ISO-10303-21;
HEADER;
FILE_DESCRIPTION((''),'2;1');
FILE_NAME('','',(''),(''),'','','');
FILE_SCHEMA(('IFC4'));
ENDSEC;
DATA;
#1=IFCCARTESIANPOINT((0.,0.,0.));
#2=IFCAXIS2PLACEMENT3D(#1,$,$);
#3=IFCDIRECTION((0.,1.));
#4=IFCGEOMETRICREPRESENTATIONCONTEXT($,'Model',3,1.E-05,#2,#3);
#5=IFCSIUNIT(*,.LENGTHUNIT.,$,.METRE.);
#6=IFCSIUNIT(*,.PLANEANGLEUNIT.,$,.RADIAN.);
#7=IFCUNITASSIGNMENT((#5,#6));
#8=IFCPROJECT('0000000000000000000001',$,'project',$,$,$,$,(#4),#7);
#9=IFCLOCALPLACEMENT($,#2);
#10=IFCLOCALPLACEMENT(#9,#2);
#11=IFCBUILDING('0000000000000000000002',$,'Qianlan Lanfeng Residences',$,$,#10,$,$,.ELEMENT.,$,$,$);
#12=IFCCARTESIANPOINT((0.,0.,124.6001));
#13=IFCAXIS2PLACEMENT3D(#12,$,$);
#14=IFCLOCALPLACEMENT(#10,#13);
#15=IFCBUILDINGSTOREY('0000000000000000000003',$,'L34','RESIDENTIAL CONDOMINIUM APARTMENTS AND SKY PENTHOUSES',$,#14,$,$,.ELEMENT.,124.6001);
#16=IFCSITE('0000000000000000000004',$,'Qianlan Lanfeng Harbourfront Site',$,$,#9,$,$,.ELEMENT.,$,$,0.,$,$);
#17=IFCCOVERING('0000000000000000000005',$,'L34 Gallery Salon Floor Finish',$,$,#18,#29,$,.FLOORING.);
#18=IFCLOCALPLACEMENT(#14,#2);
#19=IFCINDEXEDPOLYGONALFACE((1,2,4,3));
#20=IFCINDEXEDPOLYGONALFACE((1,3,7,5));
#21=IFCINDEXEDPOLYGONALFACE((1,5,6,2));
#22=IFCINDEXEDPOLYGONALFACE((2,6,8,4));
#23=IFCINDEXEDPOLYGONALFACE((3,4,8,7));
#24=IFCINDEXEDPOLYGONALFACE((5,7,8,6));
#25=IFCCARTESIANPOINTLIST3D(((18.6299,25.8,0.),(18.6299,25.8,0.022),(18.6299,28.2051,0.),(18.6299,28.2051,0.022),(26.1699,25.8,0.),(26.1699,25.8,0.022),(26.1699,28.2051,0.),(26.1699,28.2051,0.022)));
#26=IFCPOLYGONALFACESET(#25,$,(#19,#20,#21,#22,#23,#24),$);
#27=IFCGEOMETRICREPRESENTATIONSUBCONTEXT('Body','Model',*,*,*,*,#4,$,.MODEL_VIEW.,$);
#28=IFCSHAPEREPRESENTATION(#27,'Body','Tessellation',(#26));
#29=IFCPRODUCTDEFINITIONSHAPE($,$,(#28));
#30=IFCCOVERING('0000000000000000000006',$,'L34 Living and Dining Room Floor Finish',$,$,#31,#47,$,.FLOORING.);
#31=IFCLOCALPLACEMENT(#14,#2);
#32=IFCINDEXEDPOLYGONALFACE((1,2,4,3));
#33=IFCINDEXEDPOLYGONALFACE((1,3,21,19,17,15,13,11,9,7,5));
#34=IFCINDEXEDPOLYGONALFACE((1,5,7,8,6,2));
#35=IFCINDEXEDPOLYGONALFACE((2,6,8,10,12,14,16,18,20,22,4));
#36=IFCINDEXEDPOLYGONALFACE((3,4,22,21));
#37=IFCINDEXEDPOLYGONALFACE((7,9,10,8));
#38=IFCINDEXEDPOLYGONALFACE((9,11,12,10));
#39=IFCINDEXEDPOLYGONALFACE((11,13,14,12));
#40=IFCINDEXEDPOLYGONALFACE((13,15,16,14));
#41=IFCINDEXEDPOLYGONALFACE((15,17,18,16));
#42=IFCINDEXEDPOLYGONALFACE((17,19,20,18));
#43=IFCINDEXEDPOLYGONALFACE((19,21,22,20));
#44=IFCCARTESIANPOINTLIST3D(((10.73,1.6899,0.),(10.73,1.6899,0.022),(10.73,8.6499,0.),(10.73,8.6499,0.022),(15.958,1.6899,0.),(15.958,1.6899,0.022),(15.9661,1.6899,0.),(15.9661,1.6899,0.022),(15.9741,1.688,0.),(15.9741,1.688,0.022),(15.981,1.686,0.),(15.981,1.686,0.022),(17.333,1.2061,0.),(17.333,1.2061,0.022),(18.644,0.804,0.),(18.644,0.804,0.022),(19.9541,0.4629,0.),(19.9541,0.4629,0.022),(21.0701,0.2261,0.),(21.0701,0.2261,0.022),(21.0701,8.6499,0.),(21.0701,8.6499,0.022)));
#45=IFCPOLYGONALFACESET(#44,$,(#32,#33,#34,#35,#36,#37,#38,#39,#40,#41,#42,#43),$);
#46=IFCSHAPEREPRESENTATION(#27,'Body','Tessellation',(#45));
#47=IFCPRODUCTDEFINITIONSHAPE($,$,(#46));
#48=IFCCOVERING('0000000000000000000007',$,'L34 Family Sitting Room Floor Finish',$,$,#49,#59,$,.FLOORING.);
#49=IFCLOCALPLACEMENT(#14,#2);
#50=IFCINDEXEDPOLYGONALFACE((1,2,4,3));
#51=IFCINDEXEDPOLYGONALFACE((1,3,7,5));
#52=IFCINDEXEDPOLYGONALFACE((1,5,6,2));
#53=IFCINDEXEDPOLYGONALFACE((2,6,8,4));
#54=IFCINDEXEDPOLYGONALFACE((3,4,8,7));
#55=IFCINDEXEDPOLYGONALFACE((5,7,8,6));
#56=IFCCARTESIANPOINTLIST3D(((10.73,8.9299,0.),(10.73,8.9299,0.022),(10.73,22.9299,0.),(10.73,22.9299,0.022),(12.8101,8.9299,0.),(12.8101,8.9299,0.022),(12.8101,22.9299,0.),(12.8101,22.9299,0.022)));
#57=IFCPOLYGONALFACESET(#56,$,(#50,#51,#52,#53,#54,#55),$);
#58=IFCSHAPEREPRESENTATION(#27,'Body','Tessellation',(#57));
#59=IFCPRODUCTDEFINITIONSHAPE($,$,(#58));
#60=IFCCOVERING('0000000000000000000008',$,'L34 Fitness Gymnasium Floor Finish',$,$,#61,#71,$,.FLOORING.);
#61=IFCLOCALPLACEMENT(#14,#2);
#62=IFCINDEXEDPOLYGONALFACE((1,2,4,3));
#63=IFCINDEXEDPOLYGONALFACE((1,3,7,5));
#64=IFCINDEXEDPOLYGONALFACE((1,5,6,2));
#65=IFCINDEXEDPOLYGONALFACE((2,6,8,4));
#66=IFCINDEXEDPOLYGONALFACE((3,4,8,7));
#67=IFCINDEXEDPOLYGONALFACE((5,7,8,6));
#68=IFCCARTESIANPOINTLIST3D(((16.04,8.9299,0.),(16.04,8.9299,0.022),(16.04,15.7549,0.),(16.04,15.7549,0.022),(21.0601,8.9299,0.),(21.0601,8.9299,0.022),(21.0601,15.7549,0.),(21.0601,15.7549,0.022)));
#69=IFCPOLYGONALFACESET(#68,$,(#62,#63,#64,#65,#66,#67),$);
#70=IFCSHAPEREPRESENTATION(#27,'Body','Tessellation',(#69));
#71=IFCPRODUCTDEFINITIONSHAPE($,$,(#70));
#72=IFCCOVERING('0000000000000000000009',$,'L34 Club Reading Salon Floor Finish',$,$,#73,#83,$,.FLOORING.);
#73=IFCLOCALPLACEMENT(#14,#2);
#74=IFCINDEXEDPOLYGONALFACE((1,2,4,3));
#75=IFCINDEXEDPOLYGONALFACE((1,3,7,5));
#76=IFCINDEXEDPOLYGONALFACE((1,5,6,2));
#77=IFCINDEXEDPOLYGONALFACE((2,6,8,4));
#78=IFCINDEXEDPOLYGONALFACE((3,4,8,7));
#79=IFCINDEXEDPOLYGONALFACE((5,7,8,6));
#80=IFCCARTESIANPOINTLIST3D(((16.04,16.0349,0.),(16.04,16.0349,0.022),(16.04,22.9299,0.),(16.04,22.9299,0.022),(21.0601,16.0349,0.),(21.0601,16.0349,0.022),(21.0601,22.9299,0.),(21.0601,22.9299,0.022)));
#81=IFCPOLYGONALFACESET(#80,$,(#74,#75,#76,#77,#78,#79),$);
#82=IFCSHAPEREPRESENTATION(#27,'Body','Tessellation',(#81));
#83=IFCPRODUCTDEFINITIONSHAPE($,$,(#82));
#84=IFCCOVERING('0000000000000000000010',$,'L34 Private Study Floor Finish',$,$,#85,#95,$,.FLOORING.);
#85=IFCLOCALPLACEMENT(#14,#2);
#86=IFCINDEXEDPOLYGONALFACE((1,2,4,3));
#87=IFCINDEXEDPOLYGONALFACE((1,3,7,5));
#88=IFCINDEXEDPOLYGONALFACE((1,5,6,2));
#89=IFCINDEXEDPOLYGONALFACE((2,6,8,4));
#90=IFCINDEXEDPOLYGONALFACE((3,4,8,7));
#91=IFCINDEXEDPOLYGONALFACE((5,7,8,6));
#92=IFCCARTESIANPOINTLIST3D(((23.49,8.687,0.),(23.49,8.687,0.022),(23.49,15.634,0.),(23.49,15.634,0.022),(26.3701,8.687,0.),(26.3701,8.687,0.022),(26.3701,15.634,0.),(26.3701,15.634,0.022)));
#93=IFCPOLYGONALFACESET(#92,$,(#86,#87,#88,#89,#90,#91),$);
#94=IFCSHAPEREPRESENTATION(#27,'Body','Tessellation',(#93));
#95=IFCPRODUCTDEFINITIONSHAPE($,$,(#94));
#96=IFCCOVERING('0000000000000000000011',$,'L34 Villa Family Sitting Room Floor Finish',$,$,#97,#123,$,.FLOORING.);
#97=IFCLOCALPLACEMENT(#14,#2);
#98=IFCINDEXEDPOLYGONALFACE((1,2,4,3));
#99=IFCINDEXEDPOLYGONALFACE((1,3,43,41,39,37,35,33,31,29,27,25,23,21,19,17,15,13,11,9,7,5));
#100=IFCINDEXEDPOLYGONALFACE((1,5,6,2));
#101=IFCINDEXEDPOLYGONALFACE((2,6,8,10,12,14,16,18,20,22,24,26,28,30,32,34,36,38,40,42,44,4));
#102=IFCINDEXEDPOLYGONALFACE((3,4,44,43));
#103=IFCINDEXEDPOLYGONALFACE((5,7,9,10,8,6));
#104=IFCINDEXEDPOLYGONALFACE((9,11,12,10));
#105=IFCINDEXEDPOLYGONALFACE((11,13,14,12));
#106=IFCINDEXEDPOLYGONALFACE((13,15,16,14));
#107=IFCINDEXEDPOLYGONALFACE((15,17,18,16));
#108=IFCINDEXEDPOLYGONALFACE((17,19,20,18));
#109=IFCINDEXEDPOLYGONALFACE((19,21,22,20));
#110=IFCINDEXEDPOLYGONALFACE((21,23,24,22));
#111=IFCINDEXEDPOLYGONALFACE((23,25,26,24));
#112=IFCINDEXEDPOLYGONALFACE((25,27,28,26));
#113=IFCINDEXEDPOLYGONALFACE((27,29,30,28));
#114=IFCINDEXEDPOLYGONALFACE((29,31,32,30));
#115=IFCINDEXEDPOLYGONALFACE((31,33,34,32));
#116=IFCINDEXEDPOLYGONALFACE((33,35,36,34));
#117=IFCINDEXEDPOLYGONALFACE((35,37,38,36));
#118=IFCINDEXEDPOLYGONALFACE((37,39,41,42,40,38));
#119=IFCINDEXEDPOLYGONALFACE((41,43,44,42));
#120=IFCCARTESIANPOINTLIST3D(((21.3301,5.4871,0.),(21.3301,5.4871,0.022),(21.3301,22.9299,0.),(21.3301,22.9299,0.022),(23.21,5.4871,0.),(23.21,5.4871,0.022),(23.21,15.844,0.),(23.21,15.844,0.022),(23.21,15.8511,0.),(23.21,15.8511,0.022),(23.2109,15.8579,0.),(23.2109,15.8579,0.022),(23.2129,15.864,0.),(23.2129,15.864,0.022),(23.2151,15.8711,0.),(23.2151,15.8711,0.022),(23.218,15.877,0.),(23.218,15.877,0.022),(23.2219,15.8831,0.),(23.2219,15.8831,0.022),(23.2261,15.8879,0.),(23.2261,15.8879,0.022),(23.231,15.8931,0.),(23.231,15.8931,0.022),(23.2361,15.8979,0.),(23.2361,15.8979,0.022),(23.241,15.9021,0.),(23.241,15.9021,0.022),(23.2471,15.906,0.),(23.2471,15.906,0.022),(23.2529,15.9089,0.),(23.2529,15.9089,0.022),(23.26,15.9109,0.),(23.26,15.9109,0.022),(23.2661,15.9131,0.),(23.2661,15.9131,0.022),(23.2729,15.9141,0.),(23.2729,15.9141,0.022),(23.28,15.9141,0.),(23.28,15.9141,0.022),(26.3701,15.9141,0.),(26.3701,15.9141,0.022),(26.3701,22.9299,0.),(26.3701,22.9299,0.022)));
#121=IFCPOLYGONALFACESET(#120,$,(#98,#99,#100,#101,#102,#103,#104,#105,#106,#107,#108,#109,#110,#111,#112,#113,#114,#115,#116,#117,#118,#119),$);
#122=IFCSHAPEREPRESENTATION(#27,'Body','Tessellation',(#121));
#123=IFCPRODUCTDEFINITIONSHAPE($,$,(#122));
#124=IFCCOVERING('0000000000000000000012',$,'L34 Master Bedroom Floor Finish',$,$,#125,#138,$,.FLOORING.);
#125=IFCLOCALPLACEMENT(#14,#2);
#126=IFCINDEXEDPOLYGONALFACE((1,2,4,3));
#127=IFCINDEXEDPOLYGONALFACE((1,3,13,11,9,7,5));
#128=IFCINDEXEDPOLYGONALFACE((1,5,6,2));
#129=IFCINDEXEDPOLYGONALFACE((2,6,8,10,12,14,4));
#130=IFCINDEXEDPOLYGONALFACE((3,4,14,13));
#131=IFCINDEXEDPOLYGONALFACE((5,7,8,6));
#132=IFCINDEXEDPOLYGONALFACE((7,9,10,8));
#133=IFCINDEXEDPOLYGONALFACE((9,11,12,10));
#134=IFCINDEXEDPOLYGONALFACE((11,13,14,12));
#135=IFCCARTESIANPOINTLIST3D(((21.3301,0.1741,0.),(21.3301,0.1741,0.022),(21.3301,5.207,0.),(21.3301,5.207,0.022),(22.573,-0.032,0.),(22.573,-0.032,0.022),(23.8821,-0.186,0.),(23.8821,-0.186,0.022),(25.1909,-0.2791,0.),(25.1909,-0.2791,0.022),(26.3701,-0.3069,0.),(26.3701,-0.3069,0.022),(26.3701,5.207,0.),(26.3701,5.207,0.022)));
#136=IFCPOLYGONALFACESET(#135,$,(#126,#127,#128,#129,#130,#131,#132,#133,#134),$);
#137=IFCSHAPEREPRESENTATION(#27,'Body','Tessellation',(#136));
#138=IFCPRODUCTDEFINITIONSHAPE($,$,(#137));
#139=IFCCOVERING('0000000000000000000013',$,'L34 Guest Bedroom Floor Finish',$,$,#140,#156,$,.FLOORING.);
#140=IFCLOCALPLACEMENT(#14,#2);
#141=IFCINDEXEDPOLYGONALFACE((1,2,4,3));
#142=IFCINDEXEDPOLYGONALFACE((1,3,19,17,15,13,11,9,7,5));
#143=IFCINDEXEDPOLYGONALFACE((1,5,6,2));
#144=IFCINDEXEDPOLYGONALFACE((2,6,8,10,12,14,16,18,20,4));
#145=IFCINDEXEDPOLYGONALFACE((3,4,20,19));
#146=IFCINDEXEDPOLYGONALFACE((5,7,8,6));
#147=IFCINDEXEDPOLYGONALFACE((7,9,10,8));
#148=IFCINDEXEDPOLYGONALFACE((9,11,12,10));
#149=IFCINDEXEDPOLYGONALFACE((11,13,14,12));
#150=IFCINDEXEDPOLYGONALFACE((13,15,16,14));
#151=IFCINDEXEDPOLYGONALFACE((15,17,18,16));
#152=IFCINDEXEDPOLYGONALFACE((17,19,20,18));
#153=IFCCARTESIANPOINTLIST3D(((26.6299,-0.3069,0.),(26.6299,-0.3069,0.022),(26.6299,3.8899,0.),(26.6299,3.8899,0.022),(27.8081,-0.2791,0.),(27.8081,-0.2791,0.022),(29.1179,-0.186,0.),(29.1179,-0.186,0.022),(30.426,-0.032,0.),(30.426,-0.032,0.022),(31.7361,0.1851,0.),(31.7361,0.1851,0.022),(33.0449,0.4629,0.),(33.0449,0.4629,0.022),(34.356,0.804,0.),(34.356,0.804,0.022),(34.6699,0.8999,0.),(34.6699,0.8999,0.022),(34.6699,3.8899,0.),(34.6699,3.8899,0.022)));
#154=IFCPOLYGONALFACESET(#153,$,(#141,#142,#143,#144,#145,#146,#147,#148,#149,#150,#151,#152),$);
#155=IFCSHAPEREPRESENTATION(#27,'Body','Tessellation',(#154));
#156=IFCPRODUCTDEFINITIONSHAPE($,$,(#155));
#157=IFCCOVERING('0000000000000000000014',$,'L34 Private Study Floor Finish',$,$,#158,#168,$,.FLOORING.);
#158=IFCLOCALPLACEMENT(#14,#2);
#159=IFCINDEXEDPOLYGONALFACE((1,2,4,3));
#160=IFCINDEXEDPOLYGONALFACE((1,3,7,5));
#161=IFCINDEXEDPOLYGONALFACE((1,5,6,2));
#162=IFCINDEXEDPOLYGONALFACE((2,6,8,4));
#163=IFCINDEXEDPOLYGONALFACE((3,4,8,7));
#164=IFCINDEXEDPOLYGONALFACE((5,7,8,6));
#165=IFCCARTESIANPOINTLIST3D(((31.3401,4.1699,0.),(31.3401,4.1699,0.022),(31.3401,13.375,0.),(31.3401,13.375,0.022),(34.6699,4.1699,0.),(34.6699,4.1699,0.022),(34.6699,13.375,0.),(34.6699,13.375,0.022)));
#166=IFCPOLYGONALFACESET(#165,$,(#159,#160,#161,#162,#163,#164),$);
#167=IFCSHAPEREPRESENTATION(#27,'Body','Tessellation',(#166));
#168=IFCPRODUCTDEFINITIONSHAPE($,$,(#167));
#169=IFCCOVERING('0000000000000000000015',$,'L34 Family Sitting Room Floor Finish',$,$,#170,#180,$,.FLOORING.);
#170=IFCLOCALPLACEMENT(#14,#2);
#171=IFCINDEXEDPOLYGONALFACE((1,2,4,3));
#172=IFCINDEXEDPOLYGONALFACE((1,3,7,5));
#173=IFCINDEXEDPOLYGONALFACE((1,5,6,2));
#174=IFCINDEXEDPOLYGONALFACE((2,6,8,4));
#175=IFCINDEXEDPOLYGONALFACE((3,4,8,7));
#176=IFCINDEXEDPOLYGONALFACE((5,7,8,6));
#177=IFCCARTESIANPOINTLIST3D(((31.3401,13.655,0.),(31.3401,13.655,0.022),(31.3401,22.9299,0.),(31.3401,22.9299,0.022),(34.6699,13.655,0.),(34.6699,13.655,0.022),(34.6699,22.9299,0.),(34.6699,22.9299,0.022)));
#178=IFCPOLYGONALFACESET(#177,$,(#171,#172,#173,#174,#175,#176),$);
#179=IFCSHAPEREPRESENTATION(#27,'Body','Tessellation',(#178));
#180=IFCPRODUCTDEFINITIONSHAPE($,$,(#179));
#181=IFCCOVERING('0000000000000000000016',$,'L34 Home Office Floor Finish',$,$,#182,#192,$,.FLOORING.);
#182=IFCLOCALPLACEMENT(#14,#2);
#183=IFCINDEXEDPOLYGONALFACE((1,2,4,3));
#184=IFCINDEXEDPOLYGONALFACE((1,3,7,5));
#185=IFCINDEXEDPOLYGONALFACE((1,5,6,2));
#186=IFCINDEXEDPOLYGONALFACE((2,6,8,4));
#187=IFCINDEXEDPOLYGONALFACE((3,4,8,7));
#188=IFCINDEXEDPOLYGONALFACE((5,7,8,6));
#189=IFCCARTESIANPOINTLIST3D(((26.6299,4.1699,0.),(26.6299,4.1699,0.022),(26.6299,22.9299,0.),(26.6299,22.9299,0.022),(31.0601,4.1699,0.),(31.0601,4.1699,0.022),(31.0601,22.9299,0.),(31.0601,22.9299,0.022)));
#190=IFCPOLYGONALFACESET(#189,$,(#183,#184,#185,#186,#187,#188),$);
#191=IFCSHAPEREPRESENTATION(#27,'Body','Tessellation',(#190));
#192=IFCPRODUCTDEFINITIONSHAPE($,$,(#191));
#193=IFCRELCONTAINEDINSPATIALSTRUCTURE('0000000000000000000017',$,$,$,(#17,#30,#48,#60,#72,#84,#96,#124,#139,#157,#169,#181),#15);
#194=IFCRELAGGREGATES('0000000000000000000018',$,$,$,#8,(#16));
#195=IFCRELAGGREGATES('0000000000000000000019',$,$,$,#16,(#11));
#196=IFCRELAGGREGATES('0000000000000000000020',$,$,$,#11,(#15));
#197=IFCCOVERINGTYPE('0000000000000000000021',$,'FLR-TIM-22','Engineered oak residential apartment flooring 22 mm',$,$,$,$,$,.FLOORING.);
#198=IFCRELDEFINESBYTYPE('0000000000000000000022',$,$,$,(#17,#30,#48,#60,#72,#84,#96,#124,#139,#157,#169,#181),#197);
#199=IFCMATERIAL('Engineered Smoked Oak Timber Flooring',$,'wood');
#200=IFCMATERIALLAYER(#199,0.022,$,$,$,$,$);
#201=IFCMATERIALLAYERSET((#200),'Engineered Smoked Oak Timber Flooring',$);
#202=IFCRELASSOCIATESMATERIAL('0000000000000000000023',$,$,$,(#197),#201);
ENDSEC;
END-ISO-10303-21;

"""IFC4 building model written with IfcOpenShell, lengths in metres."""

from ifc_helpers import new_model, si_unit, direction, frame, origin, place, context, subcontext, project, spatial, polyline, outline, extrude, material, layer, layer_set, type_object, element, save


model = new_model("IFC4")

# Units and contexts
model_context = context("Model", 3, precision=1e-05, world=origin(), true_north=direction((0.0, 1.0)))
body_context = subcontext(model_context, "Body", "Model", "MODEL_VIEW")
ifc_project = project(units=[si_unit("LENGTHUNIT", "METRE"), si_unit("PLANEANGLEUNIT", "RADIAN")], contexts=[model_context])

# Site, building, storey
site_placement = place(None, origin())
site = spatial("IfcSite", under=ifc_project, at=site_placement, Name="Qianlan Lanfeng Harbourfront Site", CompositionType="ELEMENT", RefElevation=0.0)
building_placement = place(site_placement, origin())
building = spatial("IfcBuilding", under=site, at=building_placement, Name="Qianlan Lanfeng Residences", CompositionType="ELEMENT")
storey_placement = place(building_placement, frame((0.0, 0.0, 124.6001)))
storey = spatial("IfcBuildingStorey", under=building, at=storey_placement, Name="L34", Description="RESIDENTIAL CONDOMINIUM APARTMENTS AND SKY PENTHOUSES", CompositionType="ELEMENT", Elevation=124.6001)

# Coverings
ifc_material_1 = material(Name="Engineered Smoked Oak Timber Flooring", Category="wood")
ifc_layer_1 = layer(ifc_material_1, 0.022)
ifc_layer_set_1 = layer_set([ifc_layer_1], Name="Engineered Smoked Oak Timber Flooring")
covering_type_1 = type_object("IfcCoveringType", Name="FLR-TIM-22", Description="Engineered oak residential apartment flooring 22 mm", PredefinedType="FLOORING", material=ifc_layer_set_1)
covering_1_placement = place(storey_placement, origin())
element("IfcCovering", 1, at=covering_1_placement, inside=storey, type_object=covering_type_1, Name="L34 Gallery Salon Floor Finish", PredefinedType="FLOORING", context=body_context, shape_type="SweptSolid", body=[
    extrude(outline(polyline([(18.6299, 25.8), (26.1699, 25.8), (26.1699, 28.2051), (18.6299, 28.2051), (18.6299, 25.8)])), origin(), (0.0, 0.0, 1.0), 0.022),
])
covering_2_placement = place(storey_placement, origin())
element("IfcCovering", 2, at=covering_2_placement, inside=storey, type_object=covering_type_1, Name="L34 Living and Dining Room Floor Finish", PredefinedType="FLOORING", context=body_context, shape_type="SweptSolid", body=[
    extrude(outline(polyline([(10.73, 8.6499), (10.73, 1.6899), (15.958, 1.6899), (15.9661, 1.6899), (15.9741, 1.688), (15.981, 1.686), (17.333, 1.2061), (18.644, 0.804), (19.9541, 0.4629), (21.0701, 0.2261), (21.0701, 8.6499), (10.73, 8.6499)])), origin(), (0.0, 0.0, 1.0), 0.022),
])
covering_3_placement = place(storey_placement, origin())
element("IfcCovering", 3, at=covering_3_placement, inside=storey, type_object=covering_type_1, Name="L34 Family Sitting Room Floor Finish", PredefinedType="FLOORING", context=body_context, shape_type="SweptSolid", body=[
    extrude(outline(polyline([(10.73, 8.9299), (12.8101, 8.9299), (12.8101, 22.9299), (10.73, 22.9299), (10.73, 8.9299)])), origin(), (0.0, 0.0, 1.0), 0.022),
])
covering_4_placement = place(storey_placement, origin())
element("IfcCovering", 4, at=covering_4_placement, inside=storey, type_object=covering_type_1, Name="L34 Fitness Gymnasium Floor Finish", PredefinedType="FLOORING", context=body_context, shape_type="SweptSolid", body=[
    extrude(outline(polyline([(16.04, 8.9299), (21.0601, 8.9299), (21.0601, 15.7549), (16.04, 15.7549), (16.04, 8.9299)])), origin(), (0.0, 0.0, 1.0), 0.022),
])
covering_5_placement = place(storey_placement, origin())
element("IfcCovering", 5, at=covering_5_placement, inside=storey, type_object=covering_type_1, Name="L34 Club Reading Salon Floor Finish", PredefinedType="FLOORING", context=body_context, shape_type="SweptSolid", body=[
    extrude(outline(polyline([(16.04, 16.0349), (21.0601, 16.0349), (21.0601, 22.9299), (16.04, 22.9299), (16.04, 16.0349)])), origin(), (0.0, 0.0, 1.0), 0.022),
])
covering_6_placement = place(storey_placement, origin())
element("IfcCovering", 6, at=covering_6_placement, inside=storey, type_object=covering_type_1, Name="L34 Private Study Floor Finish", PredefinedType="FLOORING", context=body_context, shape_type="SweptSolid", body=[
    extrude(outline(polyline([(23.49, 8.687), (26.3701, 8.687), (26.3701, 15.634), (23.49, 15.634), (23.49, 8.687)])), origin(), (0.0, 0.0, 1.0), 0.022),
])
covering_7_placement = place(storey_placement, origin())
element("IfcCovering", 7, at=covering_7_placement, inside=storey, type_object=covering_type_1, Name="L34 Villa Family Sitting Room Floor Finish", PredefinedType="FLOORING", context=body_context, shape_type="SweptSolid", body=[
    extrude(outline(polyline([(21.3301, 5.4871), (23.21, 5.4871), (23.21, 15.844), (23.21, 15.8511), (23.2109, 15.8579), (23.2129, 15.864), (23.2151, 15.8711), (23.218, 15.877), (23.2219, 15.8831), (23.2261, 15.8879), (23.231, 15.8931), (23.2361, 15.8979), (23.241, 15.9021), (23.2471, 15.906), (23.2529, 15.9089), (23.26, 15.9109), (23.2661, 15.9131), (23.2729, 15.9141), (23.28, 15.9141), (26.3701, 15.9141), (26.3701, 22.9299), (21.3301, 22.9299), (21.3301, 5.4871)])), origin(), (0.0, 0.0, 1.0), 0.022),
])
covering_8_placement = place(storey_placement, origin())
element("IfcCovering", 8, at=covering_8_placement, inside=storey, type_object=covering_type_1, Name="L34 Master Bedroom Floor Finish", PredefinedType="FLOORING", context=body_context, shape_type="SweptSolid", body=[
    extrude(outline(polyline([(21.3301, 5.207), (21.3301, 0.1741), (22.573, -0.032), (23.8821, -0.186), (25.1909, -0.2791), (26.3701, -0.3069), (26.3701, 5.207), (21.3301, 5.207)])), origin(), (0.0, 0.0, 1.0), 0.022),
])
covering_9_placement = place(storey_placement, origin())
element("IfcCovering", 9, at=covering_9_placement, inside=storey, type_object=covering_type_1, Name="L34 Guest Bedroom Floor Finish", PredefinedType="FLOORING", context=body_context, shape_type="SweptSolid", body=[
    extrude(outline(polyline([(26.6299, 3.8899), (26.6299, -0.3069), (27.8081, -0.2791), (29.1179, -0.186), (30.426, -0.032), (31.7361, 0.1851), (33.0449, 0.4629), (34.356, 0.804), (34.6699, 0.8999), (34.6699, 3.8899), (26.6299, 3.8899)])), origin(), (0.0, 0.0, 1.0), 0.022),
])
covering_10_placement = place(storey_placement, origin())
element("IfcCovering", 10, at=covering_10_placement, inside=storey, type_object=covering_type_1, Name="L34 Private Study Floor Finish", PredefinedType="FLOORING", context=body_context, shape_type="SweptSolid", body=[
    extrude(outline(polyline([(31.3401, 4.1699), (34.6699, 4.1699), (34.6699, 13.375), (31.3401, 13.375), (31.3401, 4.1699)])), origin(), (0.0, 0.0, 1.0), 0.022),
])
covering_11_placement = place(storey_placement, origin())
element("IfcCovering", 11, at=covering_11_placement, inside=storey, type_object=covering_type_1, Name="L34 Family Sitting Room Floor Finish", PredefinedType="FLOORING", context=body_context, shape_type="SweptSolid", body=[
    extrude(outline(polyline([(31.3401, 13.655), (34.6699, 13.655), (34.6699, 22.9299), (31.3401, 22.9299), (31.3401, 13.655)])), origin(), (0.0, 0.0, 1.0), 0.022),
])
covering_12_placement = place(storey_placement, origin())
element("IfcCovering", 12, at=covering_12_placement, inside=storey, type_object=covering_type_1, Name="L34 Home Office Floor Finish", PredefinedType="FLOORING", context=body_context, shape_type="SweptSolid", body=[
    extrude(outline(polyline([(26.6299, 4.1699), (31.0601, 4.1699), (31.0601, 22.9299), (26.6299, 22.9299), (26.6299, 4.1699)])), origin(), (0.0, 0.0, 1.0), 0.022),
])

save(model, "model.ifc")
